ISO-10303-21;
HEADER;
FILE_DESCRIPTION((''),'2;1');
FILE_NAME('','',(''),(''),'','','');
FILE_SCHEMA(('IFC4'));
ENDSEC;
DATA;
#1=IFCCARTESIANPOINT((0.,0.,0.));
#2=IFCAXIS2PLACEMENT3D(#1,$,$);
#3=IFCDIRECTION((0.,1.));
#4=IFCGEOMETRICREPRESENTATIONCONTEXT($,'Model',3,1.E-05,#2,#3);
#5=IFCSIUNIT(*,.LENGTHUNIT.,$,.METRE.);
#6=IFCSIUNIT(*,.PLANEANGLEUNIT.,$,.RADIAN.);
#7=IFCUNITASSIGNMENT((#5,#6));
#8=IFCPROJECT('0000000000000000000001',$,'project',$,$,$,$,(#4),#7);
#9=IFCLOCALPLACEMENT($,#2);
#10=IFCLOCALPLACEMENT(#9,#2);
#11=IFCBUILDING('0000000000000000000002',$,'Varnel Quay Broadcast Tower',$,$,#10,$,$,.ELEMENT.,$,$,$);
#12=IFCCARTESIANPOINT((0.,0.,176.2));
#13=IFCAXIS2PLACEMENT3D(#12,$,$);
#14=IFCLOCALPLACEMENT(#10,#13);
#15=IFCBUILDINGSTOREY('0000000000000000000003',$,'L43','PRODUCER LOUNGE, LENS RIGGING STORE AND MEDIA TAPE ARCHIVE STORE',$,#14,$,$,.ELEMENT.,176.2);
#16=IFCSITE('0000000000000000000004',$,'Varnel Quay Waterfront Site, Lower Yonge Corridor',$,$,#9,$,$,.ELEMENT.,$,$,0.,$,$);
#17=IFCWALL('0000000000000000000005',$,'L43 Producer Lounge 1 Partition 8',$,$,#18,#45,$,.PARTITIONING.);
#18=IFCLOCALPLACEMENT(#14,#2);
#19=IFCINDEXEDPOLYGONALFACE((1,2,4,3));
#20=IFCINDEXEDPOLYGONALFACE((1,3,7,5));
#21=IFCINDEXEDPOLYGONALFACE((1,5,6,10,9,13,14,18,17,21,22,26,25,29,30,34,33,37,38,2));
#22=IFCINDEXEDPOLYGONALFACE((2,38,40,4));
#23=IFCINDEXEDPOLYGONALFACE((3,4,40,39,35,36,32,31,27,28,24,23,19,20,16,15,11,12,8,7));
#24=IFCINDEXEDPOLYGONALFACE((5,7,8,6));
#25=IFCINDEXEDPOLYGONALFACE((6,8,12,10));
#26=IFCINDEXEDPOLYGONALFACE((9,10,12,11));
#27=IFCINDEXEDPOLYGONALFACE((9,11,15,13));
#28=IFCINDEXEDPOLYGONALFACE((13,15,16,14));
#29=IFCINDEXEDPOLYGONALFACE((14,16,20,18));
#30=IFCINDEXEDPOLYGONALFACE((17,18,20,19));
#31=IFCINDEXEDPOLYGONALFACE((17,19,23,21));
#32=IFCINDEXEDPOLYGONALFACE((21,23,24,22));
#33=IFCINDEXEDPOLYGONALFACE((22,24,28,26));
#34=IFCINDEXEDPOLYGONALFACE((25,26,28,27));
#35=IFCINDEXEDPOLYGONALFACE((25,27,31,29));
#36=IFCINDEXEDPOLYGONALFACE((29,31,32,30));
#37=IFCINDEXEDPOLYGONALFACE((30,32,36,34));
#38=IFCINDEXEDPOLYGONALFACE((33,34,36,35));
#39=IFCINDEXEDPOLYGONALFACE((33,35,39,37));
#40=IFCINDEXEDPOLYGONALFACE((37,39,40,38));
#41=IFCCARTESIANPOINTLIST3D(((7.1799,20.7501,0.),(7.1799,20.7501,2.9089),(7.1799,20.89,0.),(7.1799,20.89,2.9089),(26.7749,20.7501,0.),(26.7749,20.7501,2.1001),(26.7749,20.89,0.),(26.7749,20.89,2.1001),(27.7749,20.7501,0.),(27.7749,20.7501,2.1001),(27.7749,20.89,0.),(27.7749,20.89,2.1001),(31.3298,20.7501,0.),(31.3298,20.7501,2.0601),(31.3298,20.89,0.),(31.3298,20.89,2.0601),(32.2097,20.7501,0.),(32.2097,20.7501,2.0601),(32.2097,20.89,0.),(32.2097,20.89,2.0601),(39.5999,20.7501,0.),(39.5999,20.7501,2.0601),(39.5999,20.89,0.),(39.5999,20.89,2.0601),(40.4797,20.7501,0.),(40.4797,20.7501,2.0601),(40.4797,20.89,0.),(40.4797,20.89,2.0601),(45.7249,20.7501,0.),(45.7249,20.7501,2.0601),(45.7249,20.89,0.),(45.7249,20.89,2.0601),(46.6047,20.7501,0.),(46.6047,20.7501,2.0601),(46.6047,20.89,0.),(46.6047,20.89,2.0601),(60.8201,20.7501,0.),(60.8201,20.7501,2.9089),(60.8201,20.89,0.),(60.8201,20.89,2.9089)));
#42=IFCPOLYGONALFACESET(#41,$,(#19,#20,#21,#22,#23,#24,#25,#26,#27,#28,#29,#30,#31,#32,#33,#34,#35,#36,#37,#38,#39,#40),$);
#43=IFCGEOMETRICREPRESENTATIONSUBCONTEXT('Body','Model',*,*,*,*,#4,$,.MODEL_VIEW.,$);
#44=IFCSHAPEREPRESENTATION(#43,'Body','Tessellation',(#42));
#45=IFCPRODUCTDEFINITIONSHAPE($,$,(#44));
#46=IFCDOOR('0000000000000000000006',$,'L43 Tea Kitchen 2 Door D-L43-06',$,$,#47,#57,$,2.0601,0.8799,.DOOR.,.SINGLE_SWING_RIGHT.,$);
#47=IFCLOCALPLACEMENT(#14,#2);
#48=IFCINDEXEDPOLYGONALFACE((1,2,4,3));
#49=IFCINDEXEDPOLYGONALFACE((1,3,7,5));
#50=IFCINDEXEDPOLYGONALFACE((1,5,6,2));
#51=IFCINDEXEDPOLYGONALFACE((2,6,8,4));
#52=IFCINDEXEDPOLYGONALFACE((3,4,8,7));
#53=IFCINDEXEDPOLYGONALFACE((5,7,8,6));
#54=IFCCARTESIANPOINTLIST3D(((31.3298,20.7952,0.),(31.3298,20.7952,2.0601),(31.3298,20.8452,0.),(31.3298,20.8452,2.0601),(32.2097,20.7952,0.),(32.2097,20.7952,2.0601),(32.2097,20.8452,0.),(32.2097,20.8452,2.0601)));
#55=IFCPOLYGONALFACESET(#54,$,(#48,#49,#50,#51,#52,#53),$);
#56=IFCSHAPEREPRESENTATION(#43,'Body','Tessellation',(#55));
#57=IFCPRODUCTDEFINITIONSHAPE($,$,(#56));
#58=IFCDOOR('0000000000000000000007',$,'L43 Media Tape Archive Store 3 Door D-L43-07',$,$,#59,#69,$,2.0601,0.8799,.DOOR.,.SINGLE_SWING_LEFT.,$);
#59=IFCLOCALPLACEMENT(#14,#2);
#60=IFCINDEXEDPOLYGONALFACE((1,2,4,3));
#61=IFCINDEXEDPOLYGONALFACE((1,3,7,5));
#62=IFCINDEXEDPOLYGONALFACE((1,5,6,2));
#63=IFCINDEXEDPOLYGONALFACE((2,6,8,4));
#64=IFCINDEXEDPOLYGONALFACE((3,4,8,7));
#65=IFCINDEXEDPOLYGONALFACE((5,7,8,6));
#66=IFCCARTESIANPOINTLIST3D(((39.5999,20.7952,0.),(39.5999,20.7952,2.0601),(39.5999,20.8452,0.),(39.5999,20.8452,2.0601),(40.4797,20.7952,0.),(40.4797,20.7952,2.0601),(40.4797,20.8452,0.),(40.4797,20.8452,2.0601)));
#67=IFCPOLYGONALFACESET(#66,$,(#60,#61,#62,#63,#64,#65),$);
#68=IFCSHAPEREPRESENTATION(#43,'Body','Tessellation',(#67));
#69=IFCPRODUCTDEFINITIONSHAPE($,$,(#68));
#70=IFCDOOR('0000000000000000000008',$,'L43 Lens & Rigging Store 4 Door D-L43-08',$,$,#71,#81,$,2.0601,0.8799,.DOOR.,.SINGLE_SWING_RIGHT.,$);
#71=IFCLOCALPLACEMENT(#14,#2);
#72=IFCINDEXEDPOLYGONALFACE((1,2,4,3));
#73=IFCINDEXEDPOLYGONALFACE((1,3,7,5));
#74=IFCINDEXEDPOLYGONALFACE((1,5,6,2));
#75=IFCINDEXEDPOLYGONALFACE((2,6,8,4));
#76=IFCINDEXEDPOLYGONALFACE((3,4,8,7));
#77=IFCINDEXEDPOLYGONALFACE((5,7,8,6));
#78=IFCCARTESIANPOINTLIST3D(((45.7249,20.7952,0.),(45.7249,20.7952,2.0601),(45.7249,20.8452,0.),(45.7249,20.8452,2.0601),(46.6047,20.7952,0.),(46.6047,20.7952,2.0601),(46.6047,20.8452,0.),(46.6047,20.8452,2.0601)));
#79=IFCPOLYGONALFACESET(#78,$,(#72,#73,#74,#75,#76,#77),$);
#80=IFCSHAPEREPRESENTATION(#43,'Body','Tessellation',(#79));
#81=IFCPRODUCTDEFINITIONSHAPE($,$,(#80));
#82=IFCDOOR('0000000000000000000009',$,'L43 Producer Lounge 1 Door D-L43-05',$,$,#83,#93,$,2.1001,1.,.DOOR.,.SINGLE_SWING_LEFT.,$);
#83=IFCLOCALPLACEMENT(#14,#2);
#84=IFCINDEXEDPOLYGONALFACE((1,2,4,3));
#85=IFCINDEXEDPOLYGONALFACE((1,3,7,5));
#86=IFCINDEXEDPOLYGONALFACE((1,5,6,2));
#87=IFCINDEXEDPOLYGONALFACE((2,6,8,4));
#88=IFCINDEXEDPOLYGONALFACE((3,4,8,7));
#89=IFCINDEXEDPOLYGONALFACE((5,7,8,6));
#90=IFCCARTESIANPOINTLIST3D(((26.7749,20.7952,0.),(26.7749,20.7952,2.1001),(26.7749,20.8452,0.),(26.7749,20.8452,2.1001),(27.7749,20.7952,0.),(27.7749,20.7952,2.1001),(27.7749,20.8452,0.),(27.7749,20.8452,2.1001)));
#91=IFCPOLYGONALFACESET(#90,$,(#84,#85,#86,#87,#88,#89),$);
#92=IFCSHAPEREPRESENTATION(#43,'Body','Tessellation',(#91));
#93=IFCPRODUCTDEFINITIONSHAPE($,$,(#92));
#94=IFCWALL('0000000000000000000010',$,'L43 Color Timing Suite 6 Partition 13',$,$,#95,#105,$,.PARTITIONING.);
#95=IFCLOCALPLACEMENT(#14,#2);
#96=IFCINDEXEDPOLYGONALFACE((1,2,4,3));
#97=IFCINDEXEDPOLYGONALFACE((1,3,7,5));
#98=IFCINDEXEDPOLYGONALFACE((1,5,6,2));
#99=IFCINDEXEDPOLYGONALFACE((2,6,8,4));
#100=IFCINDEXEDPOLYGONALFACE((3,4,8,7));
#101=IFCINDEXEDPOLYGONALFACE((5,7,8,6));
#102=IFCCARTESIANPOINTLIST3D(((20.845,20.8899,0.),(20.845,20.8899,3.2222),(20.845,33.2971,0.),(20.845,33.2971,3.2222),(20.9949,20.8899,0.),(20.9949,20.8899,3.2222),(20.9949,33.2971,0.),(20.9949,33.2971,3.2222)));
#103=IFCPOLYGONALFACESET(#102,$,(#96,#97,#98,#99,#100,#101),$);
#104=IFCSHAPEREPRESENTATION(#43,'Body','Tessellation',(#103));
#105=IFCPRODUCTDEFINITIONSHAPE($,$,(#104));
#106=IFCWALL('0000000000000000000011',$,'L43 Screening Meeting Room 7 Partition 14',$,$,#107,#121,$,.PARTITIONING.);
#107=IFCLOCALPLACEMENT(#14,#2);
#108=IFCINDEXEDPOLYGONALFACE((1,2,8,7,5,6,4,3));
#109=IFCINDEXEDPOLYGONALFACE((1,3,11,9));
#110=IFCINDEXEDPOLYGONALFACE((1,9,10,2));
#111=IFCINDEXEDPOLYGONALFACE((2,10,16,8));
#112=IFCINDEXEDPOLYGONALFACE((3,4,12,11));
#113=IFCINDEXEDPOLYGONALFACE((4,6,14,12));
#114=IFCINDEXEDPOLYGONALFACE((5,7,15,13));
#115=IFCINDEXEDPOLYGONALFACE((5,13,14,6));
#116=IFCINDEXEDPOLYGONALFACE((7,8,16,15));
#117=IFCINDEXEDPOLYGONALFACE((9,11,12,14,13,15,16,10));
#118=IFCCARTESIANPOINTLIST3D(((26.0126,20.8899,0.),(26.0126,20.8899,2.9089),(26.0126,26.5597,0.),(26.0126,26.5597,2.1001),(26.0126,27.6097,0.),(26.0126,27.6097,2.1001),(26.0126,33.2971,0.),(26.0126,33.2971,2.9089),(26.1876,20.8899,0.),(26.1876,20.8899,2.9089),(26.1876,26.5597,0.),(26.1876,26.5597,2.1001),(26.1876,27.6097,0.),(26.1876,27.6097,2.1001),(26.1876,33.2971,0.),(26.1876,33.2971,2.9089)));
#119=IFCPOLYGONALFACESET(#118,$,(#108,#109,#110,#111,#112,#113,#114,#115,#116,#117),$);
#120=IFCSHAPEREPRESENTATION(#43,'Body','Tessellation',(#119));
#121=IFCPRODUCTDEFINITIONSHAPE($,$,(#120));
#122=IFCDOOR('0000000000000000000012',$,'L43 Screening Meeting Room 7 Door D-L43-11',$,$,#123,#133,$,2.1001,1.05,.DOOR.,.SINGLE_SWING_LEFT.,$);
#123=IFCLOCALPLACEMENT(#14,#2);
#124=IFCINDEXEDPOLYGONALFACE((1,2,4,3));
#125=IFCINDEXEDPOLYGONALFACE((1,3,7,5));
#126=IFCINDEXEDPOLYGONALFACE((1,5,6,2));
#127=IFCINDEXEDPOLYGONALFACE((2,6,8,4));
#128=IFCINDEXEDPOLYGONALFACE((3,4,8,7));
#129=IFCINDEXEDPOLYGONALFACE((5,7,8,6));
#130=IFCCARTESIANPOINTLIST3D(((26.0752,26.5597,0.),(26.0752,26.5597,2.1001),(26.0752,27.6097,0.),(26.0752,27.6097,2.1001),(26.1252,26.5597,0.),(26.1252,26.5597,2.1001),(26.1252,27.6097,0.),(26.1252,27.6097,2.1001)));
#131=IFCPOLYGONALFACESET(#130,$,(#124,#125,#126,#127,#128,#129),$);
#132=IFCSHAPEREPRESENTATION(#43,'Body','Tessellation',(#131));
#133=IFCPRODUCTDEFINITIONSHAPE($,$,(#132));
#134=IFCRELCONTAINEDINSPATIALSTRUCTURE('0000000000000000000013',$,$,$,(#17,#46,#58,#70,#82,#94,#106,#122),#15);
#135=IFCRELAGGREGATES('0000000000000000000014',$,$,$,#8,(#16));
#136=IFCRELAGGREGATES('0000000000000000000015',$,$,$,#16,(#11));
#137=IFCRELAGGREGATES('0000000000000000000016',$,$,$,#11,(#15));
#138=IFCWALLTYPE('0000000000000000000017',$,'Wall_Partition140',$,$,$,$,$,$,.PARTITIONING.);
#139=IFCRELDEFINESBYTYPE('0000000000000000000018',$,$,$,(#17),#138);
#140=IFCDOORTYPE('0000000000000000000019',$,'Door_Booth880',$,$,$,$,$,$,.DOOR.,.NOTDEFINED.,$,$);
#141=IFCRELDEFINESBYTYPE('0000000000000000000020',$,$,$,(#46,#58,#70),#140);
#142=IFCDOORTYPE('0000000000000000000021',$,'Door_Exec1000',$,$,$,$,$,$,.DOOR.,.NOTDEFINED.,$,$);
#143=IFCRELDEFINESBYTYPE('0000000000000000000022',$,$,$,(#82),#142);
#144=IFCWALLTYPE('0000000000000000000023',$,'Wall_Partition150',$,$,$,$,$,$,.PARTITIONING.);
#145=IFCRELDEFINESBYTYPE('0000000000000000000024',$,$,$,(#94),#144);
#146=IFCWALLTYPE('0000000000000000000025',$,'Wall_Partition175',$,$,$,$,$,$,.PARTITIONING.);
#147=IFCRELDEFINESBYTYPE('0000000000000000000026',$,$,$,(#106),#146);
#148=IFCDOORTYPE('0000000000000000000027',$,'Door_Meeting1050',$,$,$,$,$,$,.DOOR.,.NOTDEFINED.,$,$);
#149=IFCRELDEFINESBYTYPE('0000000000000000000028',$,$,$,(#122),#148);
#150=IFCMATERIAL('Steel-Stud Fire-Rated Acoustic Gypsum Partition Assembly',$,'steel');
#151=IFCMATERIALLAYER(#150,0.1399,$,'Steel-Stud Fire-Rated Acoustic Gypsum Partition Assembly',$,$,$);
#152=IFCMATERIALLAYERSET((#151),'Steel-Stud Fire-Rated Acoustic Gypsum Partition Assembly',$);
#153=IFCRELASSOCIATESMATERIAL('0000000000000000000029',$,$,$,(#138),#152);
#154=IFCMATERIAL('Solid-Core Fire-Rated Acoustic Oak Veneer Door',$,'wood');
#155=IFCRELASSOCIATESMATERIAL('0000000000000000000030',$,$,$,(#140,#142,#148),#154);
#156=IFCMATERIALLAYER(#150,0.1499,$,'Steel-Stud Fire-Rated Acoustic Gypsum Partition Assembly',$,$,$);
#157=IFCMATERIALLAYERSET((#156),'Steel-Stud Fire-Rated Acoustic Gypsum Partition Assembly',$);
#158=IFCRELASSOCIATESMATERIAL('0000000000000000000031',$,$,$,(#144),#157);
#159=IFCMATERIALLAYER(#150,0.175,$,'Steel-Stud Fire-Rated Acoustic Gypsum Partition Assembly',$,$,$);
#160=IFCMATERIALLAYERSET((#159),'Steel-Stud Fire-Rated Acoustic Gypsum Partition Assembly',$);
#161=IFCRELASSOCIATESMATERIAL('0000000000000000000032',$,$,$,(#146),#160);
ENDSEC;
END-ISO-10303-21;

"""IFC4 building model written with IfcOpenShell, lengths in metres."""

from ifc_helpers import new_model, si_unit, direction, frame, frame_2d, origin, place, context, subcontext, project, spatial, rectangle, extrude, source, transform, mapped, material, layer, layer_set, type_object, type_shapes, element, fill, save


model = new_model("IFC4")

# Units and contexts
model_context = context("Model", 3, precision=1e-05, world=origin(), true_north=direction((0.0, 1.0)))
body_context = subcontext(model_context, "Body", "Model", "MODEL_VIEW")
ifc_project = project(units=[si_unit("LENGTHUNIT", "METRE"), si_unit("PLANEANGLEUNIT", "RADIAN")], contexts=[model_context])

# Site, building, storey
site_placement = place(None, origin())
site = spatial("IfcSite", under=ifc_project, at=site_placement, Name="Varnel Quay Waterfront Site, Lower Yonge Corridor", CompositionType="ELEMENT", RefElevation=0.0)
building_placement = place(site_placement, origin())
building = spatial("IfcBuilding", under=site, at=building_placement, Name="Varnel Quay Broadcast Tower", CompositionType="ELEMENT")
storey_placement = place(building_placement, frame((0.0, 0.0, 176.2)))
storey = spatial("IfcBuildingStorey", under=building, at=storey_placement, Name="L43", Description="PRODUCER LOUNGE, LENS RIGGING STORE AND MEDIA TAPE ARCHIVE STORE", CompositionType="ELEMENT", Elevation=176.2)

# Shared definitions
ifc_material_1 = material(Name="Steel-Stud Fire-Rated Acoustic Gypsum Partition Assembly", Category="steel")

# Wall, openings, doors
ifc_layer_1 = layer(ifc_material_1, 0.1399, Name="Steel-Stud Fire-Rated Acoustic Gypsum Partition Assembly")
ifc_layer_set_1 = layer_set([ifc_layer_1], Name="Steel-Stud Fire-Rated Acoustic Gypsum Partition Assembly")
wall_type_1 = type_object("IfcWallType", Name="Wall_Partition140", PredefinedType="PARTITIONING", material=ifc_layer_set_1)
wall_1_placement = place(storey_placement, frame((7.1799, 20.8201, 0.0), z_axis=(0.0, 0.0, 1.0), x_axis=(1.0, 0.0, 0.0)))
wall_1 = element("IfcWall", 1, at=wall_1_placement, inside=storey, type_object=wall_type_1, Name="L43 Producer Lounge 1 Partition 8", PredefinedType="PARTITIONING", context=body_context, shape_type="SweptSolid", body=[
    extrude(rectangle(XDim=53.6401, YDim=0.1399, at=frame_2d((26.8201, 0.0))), origin(), (0.0, 0.0, 1.0), 2.9089),
])
opening_1_placement = place(wall_1_placement, frame((19.595, 0.0, 0.0)))
opening_1 = element("IfcOpeningElement", 2, at=opening_1_placement, cuts=wall_1, PredefinedType="OPENING", context=body_context, shape_type="SweptSolid", body=[
    extrude(rectangle(XDim=1.0, YDim=2.1001, at=frame_2d((0.5, 1.05))), frame((0.0, 0.0801, 0.0), z_axis=(0.0, -1.0, 0.0), x_axis=(1.0, 0.0, 0.0)), (0.0, 0.0, 1.0), 0.1599),
])
opening_2_placement = place(wall_1_placement, frame((24.1499, 0.0, 0.0)))
opening_2 = element("IfcOpeningElement", 3, at=opening_2_placement, cuts=wall_1, PredefinedType="OPENING", context=body_context, shape_type="SweptSolid", body=[
    extrude(rectangle(XDim=0.8799, YDim=2.0601, at=frame_2d((0.4399, 1.03))), frame((0.0, 0.0801, 0.0), z_axis=(0.0, -1.0, 0.0), x_axis=(1.0, 0.0, 0.0)), (0.0, 0.0, 1.0), 0.1599),
])
opening_3_placement = place(wall_1_placement, frame((32.4199, 0.0, 0.0)))
opening_3 = element("IfcOpeningElement", 4, at=opening_3_placement, cuts=wall_1, PredefinedType="OPENING", context=body_context, shape_type="SweptSolid", body=[
    extrude(rectangle(XDim=0.8799, YDim=2.0601, at=frame_2d((0.4399, 1.03))), frame((0.0, 0.0801, 0.0), z_axis=(0.0, -1.0, 0.0), x_axis=(1.0, 0.0, 0.0)), (0.0, 0.0, 1.0), 0.1599),
])
opening_4_placement = place(wall_1_placement, frame((38.5449, 0.0, 0.0)))
opening_4 = element("IfcOpeningElement", 5, at=opening_4_placement, cuts=wall_1, PredefinedType="OPENING", context=body_context, shape_type="SweptSolid", body=[
    extrude(rectangle(XDim=0.8799, YDim=2.0601, at=frame_2d((0.4399, 1.03))), frame((0.0, 0.0801, 0.0), z_axis=(0.0, -1.0, 0.0), x_axis=(1.0, 0.0, 0.0)), (0.0, 0.0, 1.0), 0.1599),
])
ifc_material_2 = material(Name="Solid-Core Fire-Rated Acoustic Oak Veneer Door", Category="wood")
door_type_1 = type_object("IfcDoorType", Name="Door_Booth880", OperationType="NOTDEFINED", PredefinedType="DOOR", material=ifc_material_2)
shared_shape_1 = source(origin(), body_context, "Body", "SweptSolid", [
    extrude(rectangle(XDim=0.8799, YDim=2.0601, at=frame_2d((0.4399, 1.03))), frame((0.0, 0.0249, 0.0), z_axis=(0.0, -1.0, 0.0), x_axis=(1.0, 0.0, 0.0)), (0.0, 0.0, 1.0), 0.05),
])
type_shapes(door_type_1, [shared_shape_1])
door_1_placement = place(opening_2_placement, frame((0.8799, 0.0, 0.0), z_axis=(0.0, 0.0, 1.0), x_axis=(-1.0, 0.0, 0.0)))
door_1 = element("IfcDoor", 6, at=door_1_placement, inside=storey, type_object=door_type_1, Name="L43 Tea Kitchen 2 Door D-L43-06", OperationType="SINGLE_SWING_RIGHT", OverallHeight=2.0601, OverallWidth=0.8799, PredefinedType="DOOR", context=body_context, shape_type="MappedRepresentation", body=[
    mapped(shared_shape_1, transform((0.0, 0.0, 0.0), x_axis=(1.0, 0.0, 0.0), y_axis=(0.0, 1.0, 0.0), z_axis=(0.0, 0.0, 1.0), scale=1.0)),
])
fill(opening_2, door_1)
door_2_placement = place(opening_3_placement, frame((0.8799, 0.0, 0.0), z_axis=(0.0, 0.0, 1.0), x_axis=(-1.0, 0.0, 0.0)))
door_2 = element("IfcDoor", 7, at=door_2_placement, inside=storey, type_object=door_type_1, Name="L43 Media Tape Archive Store 3 Door D-L43-07", OperationType="SINGLE_SWING_LEFT", OverallHeight=2.0601, OverallWidth=0.8799, PredefinedType="DOOR", context=body_context, shape_type="MappedRepresentation", body=[
    mapped(shared_shape_1, transform((0.0, 0.0, 0.0), x_axis=(1.0, 0.0, 0.0), y_axis=(0.0, 1.0, 0.0), z_axis=(0.0, 0.0, 1.0), scale=1.0)),
])
fill(opening_3, door_2)
door_3_placement = place(opening_4_placement, frame((0.8799, 0.0, 0.0), z_axis=(0.0, 0.0, 1.0), x_axis=(-1.0, 0.0, 0.0)))
door_3 = element("IfcDoor", 8, at=door_3_placement, inside=storey, type_object=door_type_1, Name="L43 Lens & Rigging Store 4 Door D-L43-08", OperationType="SINGLE_SWING_RIGHT", OverallHeight=2.0601, OverallWidth=0.8799, PredefinedType="DOOR", context=body_context, shape_type="MappedRepresentation", body=[
    mapped(shared_shape_1, transform((0.0, 0.0, 0.0), x_axis=(1.0, 0.0, 0.0), y_axis=(0.0, 1.0, 0.0), z_axis=(0.0, 0.0, 1.0), scale=1.0)),
])
fill(opening_4, door_3)
door_type_2 = type_object("IfcDoorType", Name="Door_Exec1000", OperationType="NOTDEFINED", PredefinedType="DOOR", material=ifc_material_2)
shared_shape_2 = source(origin(), body_context, "Body", "SweptSolid", [
    extrude(rectangle(XDim=1.0, YDim=2.1001, at=frame_2d((0.5, 1.05))), frame((0.0, 0.0249, 0.0), z_axis=(0.0, -1.0, 0.0), x_axis=(1.0, 0.0, 0.0)), (0.0, 0.0, 1.0), 0.05),
])
type_shapes(door_type_2, [shared_shape_2])
door_4_placement = place(opening_1_placement, frame((1.0, 0.0, 0.0), z_axis=(0.0, 0.0, 1.0), x_axis=(-1.0, 0.0, 0.0)))
door_4 = element("IfcDoor", 9, at=door_4_placement, inside=storey, type_object=door_type_2, Name="L43 Producer Lounge 1 Door D-L43-05", OperationType="SINGLE_SWING_LEFT", OverallHeight=2.1001, OverallWidth=1.0, PredefinedType="DOOR", context=body_context, shape_type="MappedRepresentation", body=[
    mapped(shared_shape_2, transform((0.0, 0.0, 0.0), x_axis=(1.0, 0.0, 0.0), y_axis=(0.0, 1.0, 0.0), z_axis=(0.0, 0.0, 1.0), scale=1.0)),
])
fill(opening_1, door_4)

# Wall
ifc_layer_2 = layer(ifc_material_1, 0.1499, Name="Steel-Stud Fire-Rated Acoustic Gypsum Partition Assembly")
ifc_layer_set_2 = layer_set([ifc_layer_2], Name="Steel-Stud Fire-Rated Acoustic Gypsum Partition Assembly")
wall_type_2 = type_object("IfcWallType", Name="Wall_Partition150", PredefinedType="PARTITIONING", material=ifc_layer_set_2)
wall_2_placement = place(storey_placement, frame((20.9199, 20.8899, 0.0), z_axis=(0.0, 0.0, 1.0), x_axis=(0.0, 1.0, 0.0)))
element("IfcWall", 10, at=wall_2_placement, inside=storey, type_object=wall_type_2, Name="L43 Color Timing Suite 6 Partition 13", PredefinedType="PARTITIONING", context=body_context, shape_type="SweptSolid", body=[
    extrude(rectangle(XDim=12.4072, YDim=0.1499, at=frame_2d((6.2036, 0.0))), origin(), (0.0, 0.0, 1.0), 3.2222),
])

# Wall, opening, door
ifc_layer_3 = layer(ifc_material_1, 0.175, Name="Steel-Stud Fire-Rated Acoustic Gypsum Partition Assembly")
ifc_layer_set_3 = layer_set([ifc_layer_3], Name="Steel-Stud Fire-Rated Acoustic Gypsum Partition Assembly")
wall_type_3 = type_object("IfcWallType", Name="Wall_Partition175", PredefinedType="PARTITIONING", material=ifc_layer_set_3)
wall_3_placement = place(storey_placement, frame((26.1001, 20.8899, 0.0), z_axis=(0.0, 0.0, 1.0), x_axis=(0.0, 1.0, 0.0)))
wall_3 = element("IfcWall", 11, at=wall_3_placement, inside=storey, type_object=wall_type_3, Name="L43 Screening Meeting Room 7 Partition 14", PredefinedType="PARTITIONING", context=body_context, shape_type="SweptSolid", body=[
    extrude(rectangle(XDim=12.4072, YDim=0.175, at=frame_2d((6.2036, 0.0))), origin(), (0.0, 0.0, 1.0), 2.9089),
])
opening_5_placement = place(wall_3_placement, frame((5.6699, 0.0, 0.0)))
opening_5 = element("IfcOpeningElement", 12, at=opening_5_placement, cuts=wall_3, PredefinedType="OPENING", context=body_context, shape_type="SweptSolid", body=[
    extrude(rectangle(XDim=1.05, YDim=2.1001, at=frame_2d((0.5249, 1.05))), frame((0.0, 0.0977, 0.0), z_axis=(0.0, -1.0, 0.0), x_axis=(1.0, 0.0, 0.0)), (0.0, 0.0, 1.0), 0.1951),
])
door_type_3 = type_object("IfcDoorType", Name="Door_Meeting1050", OperationType="NOTDEFINED", PredefinedType="DOOR", material=ifc_material_2)
shared_shape_3 = source(origin(), body_context, "Body", "SweptSolid", [
    extrude(rectangle(XDim=1.05, YDim=2.1001, at=frame_2d((0.5249, 1.05))), frame((0.0, 0.0249, 0.0), z_axis=(0.0, -1.0, 0.0), x_axis=(1.0, 0.0, 0.0)), (0.0, 0.0, 1.0), 0.05),
])
type_shapes(door_type_3, [shared_shape_3])
door_5_placement = place(opening_5_placement, origin())
door_5 = element("IfcDoor", 13, at=door_5_placement, inside=storey, type_object=door_type_3, Name="L43 Screening Meeting Room 7 Door D-L43-11", OperationType="SINGLE_SWING_LEFT", OverallHeight=2.1001, OverallWidth=1.05, PredefinedType="DOOR", context=body_context, shape_type="MappedRepresentation", body=[
    mapped(shared_shape_3, transform((0.0, 0.0, 0.0), x_axis=(1.0, 0.0, 0.0), y_axis=(0.0, 1.0, 0.0), z_axis=(0.0, 0.0, 1.0), scale=1.0)),
])
fill(opening_5, door_5)

save(model, "model.ifc")
